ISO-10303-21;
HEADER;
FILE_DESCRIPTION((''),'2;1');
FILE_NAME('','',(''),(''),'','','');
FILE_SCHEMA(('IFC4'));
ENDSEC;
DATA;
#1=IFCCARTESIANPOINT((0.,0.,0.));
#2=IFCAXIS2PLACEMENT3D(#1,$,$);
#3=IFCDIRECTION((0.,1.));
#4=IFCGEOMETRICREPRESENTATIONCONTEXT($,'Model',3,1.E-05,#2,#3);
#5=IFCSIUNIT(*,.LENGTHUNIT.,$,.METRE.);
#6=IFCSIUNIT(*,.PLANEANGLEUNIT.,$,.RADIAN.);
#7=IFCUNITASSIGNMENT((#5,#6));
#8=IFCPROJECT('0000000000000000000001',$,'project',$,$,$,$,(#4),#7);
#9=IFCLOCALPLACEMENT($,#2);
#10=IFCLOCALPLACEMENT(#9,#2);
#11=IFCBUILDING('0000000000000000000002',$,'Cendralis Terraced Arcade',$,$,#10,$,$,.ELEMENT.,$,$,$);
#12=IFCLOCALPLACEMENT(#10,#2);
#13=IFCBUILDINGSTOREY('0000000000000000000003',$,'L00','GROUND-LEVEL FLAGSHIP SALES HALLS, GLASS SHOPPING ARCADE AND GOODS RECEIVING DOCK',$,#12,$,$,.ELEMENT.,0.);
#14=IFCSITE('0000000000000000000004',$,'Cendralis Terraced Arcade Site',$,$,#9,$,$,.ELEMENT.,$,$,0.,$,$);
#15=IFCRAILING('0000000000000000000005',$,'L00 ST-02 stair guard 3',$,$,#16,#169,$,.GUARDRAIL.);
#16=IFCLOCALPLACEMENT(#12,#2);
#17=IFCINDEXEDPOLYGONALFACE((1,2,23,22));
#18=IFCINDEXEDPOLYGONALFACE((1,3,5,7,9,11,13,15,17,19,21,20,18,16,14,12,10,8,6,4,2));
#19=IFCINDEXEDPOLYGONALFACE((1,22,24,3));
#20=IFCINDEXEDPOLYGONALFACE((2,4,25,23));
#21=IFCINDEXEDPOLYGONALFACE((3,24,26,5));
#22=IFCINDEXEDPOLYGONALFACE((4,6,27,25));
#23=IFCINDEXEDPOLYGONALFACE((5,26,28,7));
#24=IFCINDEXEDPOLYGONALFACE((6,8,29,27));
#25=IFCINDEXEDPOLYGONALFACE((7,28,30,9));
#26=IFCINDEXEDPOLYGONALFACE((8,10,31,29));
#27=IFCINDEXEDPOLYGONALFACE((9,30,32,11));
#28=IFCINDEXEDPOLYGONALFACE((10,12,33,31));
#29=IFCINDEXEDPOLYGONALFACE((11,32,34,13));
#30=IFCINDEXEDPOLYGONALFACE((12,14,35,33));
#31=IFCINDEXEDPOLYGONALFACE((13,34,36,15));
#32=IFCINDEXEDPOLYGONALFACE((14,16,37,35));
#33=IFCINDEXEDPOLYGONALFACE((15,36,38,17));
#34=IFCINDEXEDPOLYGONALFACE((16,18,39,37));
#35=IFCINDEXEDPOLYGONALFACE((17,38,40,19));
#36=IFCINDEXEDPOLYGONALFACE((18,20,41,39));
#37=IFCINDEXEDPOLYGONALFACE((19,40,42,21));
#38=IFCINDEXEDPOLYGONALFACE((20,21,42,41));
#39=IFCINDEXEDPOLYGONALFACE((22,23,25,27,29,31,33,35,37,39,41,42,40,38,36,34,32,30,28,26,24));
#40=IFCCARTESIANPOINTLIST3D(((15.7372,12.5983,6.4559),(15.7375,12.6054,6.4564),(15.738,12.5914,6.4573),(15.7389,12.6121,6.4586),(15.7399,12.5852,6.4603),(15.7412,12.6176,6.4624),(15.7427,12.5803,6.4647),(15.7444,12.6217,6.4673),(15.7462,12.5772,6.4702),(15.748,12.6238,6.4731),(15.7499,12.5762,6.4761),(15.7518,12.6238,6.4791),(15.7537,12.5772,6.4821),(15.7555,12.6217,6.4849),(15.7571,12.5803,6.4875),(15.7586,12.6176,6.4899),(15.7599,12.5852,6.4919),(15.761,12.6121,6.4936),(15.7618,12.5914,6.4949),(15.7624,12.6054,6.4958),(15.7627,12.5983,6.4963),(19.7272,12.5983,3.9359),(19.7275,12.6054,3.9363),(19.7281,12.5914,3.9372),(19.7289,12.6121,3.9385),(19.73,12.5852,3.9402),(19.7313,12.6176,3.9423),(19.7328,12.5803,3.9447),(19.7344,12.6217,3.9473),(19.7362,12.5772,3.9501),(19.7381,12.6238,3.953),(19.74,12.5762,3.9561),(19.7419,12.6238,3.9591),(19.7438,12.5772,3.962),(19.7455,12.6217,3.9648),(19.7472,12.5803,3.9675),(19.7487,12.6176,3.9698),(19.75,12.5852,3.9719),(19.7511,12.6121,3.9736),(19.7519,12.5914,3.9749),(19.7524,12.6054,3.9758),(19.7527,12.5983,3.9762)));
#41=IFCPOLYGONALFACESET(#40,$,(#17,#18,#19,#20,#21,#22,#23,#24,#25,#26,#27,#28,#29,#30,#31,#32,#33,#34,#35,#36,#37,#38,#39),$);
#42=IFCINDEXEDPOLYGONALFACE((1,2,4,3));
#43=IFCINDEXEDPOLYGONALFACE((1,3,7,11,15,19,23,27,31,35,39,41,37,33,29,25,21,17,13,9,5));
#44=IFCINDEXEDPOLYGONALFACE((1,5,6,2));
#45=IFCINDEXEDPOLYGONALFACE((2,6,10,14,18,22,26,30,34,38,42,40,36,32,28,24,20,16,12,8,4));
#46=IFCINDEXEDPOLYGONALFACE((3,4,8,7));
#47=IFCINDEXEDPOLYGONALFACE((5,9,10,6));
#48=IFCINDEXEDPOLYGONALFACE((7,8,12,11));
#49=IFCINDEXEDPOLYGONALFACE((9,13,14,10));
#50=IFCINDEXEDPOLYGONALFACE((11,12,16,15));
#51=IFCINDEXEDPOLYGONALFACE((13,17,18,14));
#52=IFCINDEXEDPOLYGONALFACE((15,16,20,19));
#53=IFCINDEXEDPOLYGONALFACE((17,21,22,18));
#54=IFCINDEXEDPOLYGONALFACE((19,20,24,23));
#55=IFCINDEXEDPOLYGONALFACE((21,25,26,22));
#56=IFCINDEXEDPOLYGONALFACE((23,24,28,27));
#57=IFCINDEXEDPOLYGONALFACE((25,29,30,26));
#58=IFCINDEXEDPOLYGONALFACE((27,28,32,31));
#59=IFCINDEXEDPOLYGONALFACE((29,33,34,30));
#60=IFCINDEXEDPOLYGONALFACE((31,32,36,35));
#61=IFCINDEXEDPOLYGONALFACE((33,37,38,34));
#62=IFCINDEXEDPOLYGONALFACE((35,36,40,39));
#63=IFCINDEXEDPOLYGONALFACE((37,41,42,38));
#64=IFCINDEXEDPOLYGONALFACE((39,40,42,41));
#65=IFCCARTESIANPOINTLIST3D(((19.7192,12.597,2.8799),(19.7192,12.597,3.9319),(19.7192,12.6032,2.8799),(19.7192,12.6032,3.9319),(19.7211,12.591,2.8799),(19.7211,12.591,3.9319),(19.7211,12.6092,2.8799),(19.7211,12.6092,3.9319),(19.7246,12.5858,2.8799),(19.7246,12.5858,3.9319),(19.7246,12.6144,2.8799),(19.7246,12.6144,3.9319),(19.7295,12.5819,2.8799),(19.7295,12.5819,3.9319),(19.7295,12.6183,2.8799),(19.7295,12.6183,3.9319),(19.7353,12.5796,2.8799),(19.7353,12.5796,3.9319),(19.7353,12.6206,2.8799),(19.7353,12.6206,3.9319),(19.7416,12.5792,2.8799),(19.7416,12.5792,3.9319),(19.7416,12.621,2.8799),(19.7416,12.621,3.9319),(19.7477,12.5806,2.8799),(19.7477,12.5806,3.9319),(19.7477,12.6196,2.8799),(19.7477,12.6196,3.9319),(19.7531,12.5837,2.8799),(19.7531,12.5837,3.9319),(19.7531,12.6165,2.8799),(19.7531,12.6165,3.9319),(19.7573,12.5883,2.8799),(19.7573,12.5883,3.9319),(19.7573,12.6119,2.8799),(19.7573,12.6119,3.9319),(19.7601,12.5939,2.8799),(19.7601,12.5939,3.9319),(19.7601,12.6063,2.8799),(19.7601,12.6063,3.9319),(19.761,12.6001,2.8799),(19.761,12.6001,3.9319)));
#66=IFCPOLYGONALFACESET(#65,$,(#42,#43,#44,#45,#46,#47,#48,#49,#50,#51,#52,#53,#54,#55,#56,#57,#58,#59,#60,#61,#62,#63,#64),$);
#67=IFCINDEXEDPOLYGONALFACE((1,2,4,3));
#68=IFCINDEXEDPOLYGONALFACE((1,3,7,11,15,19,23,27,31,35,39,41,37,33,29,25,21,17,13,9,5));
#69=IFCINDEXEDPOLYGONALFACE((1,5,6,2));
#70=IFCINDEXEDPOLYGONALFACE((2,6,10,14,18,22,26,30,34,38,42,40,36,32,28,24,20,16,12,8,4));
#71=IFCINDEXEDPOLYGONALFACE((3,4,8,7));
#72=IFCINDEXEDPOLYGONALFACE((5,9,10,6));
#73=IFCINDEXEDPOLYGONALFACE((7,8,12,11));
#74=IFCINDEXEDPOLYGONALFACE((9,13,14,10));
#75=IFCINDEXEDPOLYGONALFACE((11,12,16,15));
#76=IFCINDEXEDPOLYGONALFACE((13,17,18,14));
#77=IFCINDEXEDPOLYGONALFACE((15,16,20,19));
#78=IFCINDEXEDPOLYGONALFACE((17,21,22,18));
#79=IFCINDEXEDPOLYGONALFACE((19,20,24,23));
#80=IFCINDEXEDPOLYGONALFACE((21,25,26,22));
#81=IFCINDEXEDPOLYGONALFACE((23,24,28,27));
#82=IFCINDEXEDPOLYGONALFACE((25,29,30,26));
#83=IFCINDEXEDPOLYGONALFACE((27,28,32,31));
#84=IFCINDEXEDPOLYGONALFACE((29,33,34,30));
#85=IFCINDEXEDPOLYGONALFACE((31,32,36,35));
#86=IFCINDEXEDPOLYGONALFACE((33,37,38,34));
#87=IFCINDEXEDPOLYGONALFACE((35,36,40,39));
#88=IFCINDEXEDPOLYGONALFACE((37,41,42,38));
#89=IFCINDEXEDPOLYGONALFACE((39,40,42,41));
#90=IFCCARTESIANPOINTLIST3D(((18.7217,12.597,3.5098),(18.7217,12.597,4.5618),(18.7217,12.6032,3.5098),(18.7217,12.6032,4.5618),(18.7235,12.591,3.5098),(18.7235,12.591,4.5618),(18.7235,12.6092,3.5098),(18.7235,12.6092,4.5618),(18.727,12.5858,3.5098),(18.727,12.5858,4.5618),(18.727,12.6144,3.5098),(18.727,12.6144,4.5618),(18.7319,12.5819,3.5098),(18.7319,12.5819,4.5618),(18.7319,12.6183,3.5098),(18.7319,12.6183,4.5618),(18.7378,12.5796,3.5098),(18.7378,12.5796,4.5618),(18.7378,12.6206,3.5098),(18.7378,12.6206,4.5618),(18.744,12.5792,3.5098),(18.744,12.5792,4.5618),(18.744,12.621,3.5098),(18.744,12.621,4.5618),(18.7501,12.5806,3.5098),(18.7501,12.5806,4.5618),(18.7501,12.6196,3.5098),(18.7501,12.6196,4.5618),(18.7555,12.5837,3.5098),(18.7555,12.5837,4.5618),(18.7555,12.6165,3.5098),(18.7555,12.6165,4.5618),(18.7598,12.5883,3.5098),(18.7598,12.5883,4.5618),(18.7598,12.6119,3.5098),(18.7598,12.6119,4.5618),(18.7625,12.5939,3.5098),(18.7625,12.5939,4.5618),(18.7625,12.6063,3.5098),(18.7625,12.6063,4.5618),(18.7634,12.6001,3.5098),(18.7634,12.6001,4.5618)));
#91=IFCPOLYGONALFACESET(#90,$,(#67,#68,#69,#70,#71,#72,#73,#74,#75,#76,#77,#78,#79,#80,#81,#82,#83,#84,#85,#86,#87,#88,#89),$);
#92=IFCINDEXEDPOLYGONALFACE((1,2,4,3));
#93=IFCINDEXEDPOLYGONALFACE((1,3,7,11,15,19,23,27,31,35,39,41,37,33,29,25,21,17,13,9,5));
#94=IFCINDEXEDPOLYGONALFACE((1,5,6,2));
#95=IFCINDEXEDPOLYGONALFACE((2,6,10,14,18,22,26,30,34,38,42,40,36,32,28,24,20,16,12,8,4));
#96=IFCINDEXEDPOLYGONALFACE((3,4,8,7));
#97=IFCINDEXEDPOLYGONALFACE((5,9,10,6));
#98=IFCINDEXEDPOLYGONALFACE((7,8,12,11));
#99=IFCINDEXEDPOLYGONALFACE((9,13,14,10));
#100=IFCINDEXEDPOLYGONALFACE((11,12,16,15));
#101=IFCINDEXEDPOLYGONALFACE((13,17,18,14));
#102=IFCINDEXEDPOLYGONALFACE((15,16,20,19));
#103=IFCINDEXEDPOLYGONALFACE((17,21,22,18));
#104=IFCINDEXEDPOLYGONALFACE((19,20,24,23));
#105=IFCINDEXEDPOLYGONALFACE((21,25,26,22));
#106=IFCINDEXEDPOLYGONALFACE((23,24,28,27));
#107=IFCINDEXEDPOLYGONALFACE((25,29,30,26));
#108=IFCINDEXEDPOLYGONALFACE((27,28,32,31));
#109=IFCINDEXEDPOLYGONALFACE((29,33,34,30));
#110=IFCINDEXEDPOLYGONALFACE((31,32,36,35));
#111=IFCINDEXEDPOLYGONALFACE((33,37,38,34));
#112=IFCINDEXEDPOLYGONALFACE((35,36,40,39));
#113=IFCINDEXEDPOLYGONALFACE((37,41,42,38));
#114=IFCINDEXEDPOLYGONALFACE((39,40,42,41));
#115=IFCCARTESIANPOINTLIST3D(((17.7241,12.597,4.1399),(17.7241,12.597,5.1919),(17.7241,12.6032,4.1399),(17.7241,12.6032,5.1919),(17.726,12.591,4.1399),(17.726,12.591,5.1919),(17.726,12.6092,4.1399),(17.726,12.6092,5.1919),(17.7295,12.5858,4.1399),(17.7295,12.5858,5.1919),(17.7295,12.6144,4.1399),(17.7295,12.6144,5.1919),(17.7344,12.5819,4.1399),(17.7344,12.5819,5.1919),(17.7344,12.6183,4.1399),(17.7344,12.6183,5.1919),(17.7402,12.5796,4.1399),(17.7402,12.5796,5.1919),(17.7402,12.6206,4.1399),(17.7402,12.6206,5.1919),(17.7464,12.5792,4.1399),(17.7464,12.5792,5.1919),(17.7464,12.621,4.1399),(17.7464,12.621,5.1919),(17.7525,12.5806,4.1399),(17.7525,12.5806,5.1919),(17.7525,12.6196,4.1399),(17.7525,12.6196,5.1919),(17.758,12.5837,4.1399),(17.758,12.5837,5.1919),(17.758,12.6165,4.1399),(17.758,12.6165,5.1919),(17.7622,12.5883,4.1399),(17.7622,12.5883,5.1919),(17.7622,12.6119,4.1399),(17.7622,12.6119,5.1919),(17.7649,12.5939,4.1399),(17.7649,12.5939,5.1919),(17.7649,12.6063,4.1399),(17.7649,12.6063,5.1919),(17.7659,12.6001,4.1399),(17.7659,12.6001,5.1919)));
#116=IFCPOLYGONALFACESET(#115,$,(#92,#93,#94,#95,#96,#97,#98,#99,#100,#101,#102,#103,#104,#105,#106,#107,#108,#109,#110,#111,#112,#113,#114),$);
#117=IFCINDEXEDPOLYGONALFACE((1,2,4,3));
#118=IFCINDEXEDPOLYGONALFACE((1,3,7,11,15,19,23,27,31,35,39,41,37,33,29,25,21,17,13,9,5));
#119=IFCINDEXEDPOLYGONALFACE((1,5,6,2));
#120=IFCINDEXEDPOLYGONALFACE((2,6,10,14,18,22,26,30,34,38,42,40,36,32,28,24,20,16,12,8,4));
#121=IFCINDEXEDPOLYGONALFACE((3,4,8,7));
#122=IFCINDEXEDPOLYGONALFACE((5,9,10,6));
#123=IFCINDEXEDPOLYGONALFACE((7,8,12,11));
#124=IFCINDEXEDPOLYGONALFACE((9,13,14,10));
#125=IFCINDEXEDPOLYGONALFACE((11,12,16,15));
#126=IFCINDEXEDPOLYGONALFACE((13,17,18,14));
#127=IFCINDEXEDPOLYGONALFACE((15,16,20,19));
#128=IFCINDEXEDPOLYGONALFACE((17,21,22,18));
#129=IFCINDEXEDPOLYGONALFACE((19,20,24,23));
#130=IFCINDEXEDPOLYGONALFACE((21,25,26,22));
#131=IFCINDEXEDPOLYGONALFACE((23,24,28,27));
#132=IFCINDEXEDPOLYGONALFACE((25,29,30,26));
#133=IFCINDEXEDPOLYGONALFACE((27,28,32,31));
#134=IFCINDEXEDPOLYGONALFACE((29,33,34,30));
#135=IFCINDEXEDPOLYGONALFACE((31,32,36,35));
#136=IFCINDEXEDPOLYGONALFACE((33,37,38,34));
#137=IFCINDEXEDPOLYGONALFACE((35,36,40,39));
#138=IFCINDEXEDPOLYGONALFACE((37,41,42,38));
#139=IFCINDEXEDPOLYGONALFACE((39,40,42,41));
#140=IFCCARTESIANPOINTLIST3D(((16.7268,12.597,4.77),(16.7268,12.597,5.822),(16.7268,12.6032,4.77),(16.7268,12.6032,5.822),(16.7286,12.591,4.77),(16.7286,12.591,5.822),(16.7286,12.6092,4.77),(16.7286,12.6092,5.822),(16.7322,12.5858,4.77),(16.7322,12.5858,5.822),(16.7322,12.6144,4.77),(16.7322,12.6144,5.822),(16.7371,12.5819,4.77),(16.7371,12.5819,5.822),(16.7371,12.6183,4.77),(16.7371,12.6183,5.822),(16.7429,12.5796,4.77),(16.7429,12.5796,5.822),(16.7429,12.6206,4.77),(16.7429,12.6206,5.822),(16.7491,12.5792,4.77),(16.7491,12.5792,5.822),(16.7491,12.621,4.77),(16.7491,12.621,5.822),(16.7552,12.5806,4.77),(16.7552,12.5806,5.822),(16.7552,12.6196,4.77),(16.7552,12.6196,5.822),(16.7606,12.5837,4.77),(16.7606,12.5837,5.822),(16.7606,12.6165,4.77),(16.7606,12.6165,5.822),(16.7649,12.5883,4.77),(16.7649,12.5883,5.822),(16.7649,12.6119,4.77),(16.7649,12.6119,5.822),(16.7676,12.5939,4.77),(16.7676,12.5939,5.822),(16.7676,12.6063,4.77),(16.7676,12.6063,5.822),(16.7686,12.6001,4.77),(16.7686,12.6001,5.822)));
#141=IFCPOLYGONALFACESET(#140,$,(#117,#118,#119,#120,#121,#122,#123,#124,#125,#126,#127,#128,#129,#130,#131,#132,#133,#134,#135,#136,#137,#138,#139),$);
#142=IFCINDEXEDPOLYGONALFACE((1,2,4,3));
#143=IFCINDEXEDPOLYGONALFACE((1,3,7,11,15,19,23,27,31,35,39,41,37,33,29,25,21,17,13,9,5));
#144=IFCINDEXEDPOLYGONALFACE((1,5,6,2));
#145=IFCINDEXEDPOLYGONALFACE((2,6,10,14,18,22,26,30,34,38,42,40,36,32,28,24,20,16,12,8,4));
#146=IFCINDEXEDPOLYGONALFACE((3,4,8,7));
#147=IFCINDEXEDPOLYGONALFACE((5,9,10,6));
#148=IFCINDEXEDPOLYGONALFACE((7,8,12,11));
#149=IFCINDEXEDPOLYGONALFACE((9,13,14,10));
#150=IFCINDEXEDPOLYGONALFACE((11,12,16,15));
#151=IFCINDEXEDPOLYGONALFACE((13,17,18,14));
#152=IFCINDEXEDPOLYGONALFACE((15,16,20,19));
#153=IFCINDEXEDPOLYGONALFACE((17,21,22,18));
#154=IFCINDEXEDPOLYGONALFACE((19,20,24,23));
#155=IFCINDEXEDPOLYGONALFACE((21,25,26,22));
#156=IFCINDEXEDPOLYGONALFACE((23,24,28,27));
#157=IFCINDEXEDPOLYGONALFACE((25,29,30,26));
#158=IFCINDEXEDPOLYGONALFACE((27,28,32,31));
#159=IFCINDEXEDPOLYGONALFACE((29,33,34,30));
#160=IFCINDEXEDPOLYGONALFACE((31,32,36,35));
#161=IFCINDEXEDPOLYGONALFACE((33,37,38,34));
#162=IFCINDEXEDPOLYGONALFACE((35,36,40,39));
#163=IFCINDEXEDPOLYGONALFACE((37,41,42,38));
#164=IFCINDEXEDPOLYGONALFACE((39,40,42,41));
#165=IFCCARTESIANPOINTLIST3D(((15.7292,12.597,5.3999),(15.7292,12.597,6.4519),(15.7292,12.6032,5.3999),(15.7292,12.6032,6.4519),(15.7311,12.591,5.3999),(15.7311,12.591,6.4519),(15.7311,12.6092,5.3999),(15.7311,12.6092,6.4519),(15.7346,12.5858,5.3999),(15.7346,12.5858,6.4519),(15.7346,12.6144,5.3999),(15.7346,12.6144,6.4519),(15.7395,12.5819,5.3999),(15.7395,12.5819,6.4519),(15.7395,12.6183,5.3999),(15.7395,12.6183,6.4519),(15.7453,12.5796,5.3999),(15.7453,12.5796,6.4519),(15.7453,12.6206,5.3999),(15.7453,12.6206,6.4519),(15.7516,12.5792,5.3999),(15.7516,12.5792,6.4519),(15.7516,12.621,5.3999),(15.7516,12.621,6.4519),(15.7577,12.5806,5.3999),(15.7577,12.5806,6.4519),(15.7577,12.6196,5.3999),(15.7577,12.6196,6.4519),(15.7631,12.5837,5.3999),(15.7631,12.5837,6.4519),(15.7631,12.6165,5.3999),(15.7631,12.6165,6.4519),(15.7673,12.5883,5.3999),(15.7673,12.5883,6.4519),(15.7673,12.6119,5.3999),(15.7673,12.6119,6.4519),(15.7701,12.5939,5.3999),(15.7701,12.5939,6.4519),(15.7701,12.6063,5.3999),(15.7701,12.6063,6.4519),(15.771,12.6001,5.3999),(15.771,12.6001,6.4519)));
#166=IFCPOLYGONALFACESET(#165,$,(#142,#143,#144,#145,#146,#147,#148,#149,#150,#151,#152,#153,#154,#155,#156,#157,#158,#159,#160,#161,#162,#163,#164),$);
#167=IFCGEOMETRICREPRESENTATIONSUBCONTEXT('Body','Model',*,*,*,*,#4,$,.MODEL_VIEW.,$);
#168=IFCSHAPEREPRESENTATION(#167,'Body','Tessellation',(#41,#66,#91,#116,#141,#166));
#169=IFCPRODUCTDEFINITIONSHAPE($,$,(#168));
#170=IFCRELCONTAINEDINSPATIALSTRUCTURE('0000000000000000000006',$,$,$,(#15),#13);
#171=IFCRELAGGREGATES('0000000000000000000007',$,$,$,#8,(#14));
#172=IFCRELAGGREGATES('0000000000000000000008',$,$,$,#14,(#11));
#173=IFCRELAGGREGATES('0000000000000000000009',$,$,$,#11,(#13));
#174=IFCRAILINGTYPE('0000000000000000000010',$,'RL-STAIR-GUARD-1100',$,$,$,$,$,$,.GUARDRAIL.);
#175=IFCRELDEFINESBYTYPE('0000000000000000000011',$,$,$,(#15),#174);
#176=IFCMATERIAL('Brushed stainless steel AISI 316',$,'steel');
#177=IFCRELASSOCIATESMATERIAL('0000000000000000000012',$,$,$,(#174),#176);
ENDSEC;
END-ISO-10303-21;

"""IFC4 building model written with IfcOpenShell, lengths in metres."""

from ifc_helpers import new_model, si_unit, direction, frame, origin, origin_2d, place, context, subcontext, project, spatial, circle, extrude, material, type_object, element, save


model = new_model("IFC4")

# Units and contexts
model_context = context("Model", 3, precision=1e-05, world=origin(), true_north=direction((0.0, 1.0)))
body_context = subcontext(model_context, "Body", "Model", "MODEL_VIEW")
ifc_project = project(units=[si_unit("LENGTHUNIT", "METRE"), si_unit("PLANEANGLEUNIT", "RADIAN")], contexts=[model_context])

# Site, building, storey
site_placement = place(None, origin())
site = spatial("IfcSite", under=ifc_project, at=site_placement, Name="Cendralis Terraced Arcade Site", CompositionType="ELEMENT", RefElevation=0.0)
building_placement = place(site_placement, origin())
building = spatial("IfcBuilding", under=site, at=building_placement, Name="Cendralis Terraced Arcade", CompositionType="ELEMENT")
storey_placement = place(building_placement, origin())
storey = spatial("IfcBuildingStorey", under=building, at=storey_placement, Name="L00", Description="GROUND-LEVEL FLAGSHIP SALES HALLS, GLASS SHOPPING ARCADE AND GOODS RECEIVING DOCK", CompositionType="ELEMENT", Elevation=0.0)

# Railing
ifc_material_1 = material(Name="Brushed stainless steel AISI 316", Category="steel")
railing_type_1 = type_object("IfcRailingType", Name="RL-STAIR-GUARD-1100", PredefinedType="GUARDRAIL", material=ifc_material_1)
railing_1_placement = place(storey_placement, frame((19.74, 12.6001, 2.8799)))
element("IfcRailing", 1, at=railing_1_placement, inside=storey, type_object=railing_type_1, Name="L00 ST-02 stair guard 3", PredefinedType="GUARDRAIL", context=body_context, shape_type="SweptSolid", body=[
    extrude(circle(Radius=0.0239, at=origin_2d()), frame((0.0, 0.0, 1.0762), z_axis=(-0.845486, 0.0, 0.533997), x_axis=(0.0, -1.0, 0.0)), (0.0, 0.0, 1.0), 4.7192),
    extrude(circle(Radius=0.021, at=origin_2d()), origin(), (0.0, 0.0, 1.0), 1.052),
    extrude(circle(Radius=0.021, at=origin_2d()), frame((-0.9976, 0.0, 0.6299)), (0.0, 0.0, 1.0), 1.052),
    extrude(circle(Radius=0.021, at=origin_2d()), frame((-1.9951, 0.0, 1.26)), (0.0, 0.0, 1.0), 1.052),
    extrude(circle(Radius=0.021, at=origin_2d()), frame((-2.9924, 0.0, 1.8901)), (0.0, 0.0, 1.0), 1.052),
    extrude(circle(Radius=0.021, at=origin_2d()), frame((-3.99, 0.0, 2.52)), (0.0, 0.0, 1.0), 1.052),
])

save(model, "model.ifc")
